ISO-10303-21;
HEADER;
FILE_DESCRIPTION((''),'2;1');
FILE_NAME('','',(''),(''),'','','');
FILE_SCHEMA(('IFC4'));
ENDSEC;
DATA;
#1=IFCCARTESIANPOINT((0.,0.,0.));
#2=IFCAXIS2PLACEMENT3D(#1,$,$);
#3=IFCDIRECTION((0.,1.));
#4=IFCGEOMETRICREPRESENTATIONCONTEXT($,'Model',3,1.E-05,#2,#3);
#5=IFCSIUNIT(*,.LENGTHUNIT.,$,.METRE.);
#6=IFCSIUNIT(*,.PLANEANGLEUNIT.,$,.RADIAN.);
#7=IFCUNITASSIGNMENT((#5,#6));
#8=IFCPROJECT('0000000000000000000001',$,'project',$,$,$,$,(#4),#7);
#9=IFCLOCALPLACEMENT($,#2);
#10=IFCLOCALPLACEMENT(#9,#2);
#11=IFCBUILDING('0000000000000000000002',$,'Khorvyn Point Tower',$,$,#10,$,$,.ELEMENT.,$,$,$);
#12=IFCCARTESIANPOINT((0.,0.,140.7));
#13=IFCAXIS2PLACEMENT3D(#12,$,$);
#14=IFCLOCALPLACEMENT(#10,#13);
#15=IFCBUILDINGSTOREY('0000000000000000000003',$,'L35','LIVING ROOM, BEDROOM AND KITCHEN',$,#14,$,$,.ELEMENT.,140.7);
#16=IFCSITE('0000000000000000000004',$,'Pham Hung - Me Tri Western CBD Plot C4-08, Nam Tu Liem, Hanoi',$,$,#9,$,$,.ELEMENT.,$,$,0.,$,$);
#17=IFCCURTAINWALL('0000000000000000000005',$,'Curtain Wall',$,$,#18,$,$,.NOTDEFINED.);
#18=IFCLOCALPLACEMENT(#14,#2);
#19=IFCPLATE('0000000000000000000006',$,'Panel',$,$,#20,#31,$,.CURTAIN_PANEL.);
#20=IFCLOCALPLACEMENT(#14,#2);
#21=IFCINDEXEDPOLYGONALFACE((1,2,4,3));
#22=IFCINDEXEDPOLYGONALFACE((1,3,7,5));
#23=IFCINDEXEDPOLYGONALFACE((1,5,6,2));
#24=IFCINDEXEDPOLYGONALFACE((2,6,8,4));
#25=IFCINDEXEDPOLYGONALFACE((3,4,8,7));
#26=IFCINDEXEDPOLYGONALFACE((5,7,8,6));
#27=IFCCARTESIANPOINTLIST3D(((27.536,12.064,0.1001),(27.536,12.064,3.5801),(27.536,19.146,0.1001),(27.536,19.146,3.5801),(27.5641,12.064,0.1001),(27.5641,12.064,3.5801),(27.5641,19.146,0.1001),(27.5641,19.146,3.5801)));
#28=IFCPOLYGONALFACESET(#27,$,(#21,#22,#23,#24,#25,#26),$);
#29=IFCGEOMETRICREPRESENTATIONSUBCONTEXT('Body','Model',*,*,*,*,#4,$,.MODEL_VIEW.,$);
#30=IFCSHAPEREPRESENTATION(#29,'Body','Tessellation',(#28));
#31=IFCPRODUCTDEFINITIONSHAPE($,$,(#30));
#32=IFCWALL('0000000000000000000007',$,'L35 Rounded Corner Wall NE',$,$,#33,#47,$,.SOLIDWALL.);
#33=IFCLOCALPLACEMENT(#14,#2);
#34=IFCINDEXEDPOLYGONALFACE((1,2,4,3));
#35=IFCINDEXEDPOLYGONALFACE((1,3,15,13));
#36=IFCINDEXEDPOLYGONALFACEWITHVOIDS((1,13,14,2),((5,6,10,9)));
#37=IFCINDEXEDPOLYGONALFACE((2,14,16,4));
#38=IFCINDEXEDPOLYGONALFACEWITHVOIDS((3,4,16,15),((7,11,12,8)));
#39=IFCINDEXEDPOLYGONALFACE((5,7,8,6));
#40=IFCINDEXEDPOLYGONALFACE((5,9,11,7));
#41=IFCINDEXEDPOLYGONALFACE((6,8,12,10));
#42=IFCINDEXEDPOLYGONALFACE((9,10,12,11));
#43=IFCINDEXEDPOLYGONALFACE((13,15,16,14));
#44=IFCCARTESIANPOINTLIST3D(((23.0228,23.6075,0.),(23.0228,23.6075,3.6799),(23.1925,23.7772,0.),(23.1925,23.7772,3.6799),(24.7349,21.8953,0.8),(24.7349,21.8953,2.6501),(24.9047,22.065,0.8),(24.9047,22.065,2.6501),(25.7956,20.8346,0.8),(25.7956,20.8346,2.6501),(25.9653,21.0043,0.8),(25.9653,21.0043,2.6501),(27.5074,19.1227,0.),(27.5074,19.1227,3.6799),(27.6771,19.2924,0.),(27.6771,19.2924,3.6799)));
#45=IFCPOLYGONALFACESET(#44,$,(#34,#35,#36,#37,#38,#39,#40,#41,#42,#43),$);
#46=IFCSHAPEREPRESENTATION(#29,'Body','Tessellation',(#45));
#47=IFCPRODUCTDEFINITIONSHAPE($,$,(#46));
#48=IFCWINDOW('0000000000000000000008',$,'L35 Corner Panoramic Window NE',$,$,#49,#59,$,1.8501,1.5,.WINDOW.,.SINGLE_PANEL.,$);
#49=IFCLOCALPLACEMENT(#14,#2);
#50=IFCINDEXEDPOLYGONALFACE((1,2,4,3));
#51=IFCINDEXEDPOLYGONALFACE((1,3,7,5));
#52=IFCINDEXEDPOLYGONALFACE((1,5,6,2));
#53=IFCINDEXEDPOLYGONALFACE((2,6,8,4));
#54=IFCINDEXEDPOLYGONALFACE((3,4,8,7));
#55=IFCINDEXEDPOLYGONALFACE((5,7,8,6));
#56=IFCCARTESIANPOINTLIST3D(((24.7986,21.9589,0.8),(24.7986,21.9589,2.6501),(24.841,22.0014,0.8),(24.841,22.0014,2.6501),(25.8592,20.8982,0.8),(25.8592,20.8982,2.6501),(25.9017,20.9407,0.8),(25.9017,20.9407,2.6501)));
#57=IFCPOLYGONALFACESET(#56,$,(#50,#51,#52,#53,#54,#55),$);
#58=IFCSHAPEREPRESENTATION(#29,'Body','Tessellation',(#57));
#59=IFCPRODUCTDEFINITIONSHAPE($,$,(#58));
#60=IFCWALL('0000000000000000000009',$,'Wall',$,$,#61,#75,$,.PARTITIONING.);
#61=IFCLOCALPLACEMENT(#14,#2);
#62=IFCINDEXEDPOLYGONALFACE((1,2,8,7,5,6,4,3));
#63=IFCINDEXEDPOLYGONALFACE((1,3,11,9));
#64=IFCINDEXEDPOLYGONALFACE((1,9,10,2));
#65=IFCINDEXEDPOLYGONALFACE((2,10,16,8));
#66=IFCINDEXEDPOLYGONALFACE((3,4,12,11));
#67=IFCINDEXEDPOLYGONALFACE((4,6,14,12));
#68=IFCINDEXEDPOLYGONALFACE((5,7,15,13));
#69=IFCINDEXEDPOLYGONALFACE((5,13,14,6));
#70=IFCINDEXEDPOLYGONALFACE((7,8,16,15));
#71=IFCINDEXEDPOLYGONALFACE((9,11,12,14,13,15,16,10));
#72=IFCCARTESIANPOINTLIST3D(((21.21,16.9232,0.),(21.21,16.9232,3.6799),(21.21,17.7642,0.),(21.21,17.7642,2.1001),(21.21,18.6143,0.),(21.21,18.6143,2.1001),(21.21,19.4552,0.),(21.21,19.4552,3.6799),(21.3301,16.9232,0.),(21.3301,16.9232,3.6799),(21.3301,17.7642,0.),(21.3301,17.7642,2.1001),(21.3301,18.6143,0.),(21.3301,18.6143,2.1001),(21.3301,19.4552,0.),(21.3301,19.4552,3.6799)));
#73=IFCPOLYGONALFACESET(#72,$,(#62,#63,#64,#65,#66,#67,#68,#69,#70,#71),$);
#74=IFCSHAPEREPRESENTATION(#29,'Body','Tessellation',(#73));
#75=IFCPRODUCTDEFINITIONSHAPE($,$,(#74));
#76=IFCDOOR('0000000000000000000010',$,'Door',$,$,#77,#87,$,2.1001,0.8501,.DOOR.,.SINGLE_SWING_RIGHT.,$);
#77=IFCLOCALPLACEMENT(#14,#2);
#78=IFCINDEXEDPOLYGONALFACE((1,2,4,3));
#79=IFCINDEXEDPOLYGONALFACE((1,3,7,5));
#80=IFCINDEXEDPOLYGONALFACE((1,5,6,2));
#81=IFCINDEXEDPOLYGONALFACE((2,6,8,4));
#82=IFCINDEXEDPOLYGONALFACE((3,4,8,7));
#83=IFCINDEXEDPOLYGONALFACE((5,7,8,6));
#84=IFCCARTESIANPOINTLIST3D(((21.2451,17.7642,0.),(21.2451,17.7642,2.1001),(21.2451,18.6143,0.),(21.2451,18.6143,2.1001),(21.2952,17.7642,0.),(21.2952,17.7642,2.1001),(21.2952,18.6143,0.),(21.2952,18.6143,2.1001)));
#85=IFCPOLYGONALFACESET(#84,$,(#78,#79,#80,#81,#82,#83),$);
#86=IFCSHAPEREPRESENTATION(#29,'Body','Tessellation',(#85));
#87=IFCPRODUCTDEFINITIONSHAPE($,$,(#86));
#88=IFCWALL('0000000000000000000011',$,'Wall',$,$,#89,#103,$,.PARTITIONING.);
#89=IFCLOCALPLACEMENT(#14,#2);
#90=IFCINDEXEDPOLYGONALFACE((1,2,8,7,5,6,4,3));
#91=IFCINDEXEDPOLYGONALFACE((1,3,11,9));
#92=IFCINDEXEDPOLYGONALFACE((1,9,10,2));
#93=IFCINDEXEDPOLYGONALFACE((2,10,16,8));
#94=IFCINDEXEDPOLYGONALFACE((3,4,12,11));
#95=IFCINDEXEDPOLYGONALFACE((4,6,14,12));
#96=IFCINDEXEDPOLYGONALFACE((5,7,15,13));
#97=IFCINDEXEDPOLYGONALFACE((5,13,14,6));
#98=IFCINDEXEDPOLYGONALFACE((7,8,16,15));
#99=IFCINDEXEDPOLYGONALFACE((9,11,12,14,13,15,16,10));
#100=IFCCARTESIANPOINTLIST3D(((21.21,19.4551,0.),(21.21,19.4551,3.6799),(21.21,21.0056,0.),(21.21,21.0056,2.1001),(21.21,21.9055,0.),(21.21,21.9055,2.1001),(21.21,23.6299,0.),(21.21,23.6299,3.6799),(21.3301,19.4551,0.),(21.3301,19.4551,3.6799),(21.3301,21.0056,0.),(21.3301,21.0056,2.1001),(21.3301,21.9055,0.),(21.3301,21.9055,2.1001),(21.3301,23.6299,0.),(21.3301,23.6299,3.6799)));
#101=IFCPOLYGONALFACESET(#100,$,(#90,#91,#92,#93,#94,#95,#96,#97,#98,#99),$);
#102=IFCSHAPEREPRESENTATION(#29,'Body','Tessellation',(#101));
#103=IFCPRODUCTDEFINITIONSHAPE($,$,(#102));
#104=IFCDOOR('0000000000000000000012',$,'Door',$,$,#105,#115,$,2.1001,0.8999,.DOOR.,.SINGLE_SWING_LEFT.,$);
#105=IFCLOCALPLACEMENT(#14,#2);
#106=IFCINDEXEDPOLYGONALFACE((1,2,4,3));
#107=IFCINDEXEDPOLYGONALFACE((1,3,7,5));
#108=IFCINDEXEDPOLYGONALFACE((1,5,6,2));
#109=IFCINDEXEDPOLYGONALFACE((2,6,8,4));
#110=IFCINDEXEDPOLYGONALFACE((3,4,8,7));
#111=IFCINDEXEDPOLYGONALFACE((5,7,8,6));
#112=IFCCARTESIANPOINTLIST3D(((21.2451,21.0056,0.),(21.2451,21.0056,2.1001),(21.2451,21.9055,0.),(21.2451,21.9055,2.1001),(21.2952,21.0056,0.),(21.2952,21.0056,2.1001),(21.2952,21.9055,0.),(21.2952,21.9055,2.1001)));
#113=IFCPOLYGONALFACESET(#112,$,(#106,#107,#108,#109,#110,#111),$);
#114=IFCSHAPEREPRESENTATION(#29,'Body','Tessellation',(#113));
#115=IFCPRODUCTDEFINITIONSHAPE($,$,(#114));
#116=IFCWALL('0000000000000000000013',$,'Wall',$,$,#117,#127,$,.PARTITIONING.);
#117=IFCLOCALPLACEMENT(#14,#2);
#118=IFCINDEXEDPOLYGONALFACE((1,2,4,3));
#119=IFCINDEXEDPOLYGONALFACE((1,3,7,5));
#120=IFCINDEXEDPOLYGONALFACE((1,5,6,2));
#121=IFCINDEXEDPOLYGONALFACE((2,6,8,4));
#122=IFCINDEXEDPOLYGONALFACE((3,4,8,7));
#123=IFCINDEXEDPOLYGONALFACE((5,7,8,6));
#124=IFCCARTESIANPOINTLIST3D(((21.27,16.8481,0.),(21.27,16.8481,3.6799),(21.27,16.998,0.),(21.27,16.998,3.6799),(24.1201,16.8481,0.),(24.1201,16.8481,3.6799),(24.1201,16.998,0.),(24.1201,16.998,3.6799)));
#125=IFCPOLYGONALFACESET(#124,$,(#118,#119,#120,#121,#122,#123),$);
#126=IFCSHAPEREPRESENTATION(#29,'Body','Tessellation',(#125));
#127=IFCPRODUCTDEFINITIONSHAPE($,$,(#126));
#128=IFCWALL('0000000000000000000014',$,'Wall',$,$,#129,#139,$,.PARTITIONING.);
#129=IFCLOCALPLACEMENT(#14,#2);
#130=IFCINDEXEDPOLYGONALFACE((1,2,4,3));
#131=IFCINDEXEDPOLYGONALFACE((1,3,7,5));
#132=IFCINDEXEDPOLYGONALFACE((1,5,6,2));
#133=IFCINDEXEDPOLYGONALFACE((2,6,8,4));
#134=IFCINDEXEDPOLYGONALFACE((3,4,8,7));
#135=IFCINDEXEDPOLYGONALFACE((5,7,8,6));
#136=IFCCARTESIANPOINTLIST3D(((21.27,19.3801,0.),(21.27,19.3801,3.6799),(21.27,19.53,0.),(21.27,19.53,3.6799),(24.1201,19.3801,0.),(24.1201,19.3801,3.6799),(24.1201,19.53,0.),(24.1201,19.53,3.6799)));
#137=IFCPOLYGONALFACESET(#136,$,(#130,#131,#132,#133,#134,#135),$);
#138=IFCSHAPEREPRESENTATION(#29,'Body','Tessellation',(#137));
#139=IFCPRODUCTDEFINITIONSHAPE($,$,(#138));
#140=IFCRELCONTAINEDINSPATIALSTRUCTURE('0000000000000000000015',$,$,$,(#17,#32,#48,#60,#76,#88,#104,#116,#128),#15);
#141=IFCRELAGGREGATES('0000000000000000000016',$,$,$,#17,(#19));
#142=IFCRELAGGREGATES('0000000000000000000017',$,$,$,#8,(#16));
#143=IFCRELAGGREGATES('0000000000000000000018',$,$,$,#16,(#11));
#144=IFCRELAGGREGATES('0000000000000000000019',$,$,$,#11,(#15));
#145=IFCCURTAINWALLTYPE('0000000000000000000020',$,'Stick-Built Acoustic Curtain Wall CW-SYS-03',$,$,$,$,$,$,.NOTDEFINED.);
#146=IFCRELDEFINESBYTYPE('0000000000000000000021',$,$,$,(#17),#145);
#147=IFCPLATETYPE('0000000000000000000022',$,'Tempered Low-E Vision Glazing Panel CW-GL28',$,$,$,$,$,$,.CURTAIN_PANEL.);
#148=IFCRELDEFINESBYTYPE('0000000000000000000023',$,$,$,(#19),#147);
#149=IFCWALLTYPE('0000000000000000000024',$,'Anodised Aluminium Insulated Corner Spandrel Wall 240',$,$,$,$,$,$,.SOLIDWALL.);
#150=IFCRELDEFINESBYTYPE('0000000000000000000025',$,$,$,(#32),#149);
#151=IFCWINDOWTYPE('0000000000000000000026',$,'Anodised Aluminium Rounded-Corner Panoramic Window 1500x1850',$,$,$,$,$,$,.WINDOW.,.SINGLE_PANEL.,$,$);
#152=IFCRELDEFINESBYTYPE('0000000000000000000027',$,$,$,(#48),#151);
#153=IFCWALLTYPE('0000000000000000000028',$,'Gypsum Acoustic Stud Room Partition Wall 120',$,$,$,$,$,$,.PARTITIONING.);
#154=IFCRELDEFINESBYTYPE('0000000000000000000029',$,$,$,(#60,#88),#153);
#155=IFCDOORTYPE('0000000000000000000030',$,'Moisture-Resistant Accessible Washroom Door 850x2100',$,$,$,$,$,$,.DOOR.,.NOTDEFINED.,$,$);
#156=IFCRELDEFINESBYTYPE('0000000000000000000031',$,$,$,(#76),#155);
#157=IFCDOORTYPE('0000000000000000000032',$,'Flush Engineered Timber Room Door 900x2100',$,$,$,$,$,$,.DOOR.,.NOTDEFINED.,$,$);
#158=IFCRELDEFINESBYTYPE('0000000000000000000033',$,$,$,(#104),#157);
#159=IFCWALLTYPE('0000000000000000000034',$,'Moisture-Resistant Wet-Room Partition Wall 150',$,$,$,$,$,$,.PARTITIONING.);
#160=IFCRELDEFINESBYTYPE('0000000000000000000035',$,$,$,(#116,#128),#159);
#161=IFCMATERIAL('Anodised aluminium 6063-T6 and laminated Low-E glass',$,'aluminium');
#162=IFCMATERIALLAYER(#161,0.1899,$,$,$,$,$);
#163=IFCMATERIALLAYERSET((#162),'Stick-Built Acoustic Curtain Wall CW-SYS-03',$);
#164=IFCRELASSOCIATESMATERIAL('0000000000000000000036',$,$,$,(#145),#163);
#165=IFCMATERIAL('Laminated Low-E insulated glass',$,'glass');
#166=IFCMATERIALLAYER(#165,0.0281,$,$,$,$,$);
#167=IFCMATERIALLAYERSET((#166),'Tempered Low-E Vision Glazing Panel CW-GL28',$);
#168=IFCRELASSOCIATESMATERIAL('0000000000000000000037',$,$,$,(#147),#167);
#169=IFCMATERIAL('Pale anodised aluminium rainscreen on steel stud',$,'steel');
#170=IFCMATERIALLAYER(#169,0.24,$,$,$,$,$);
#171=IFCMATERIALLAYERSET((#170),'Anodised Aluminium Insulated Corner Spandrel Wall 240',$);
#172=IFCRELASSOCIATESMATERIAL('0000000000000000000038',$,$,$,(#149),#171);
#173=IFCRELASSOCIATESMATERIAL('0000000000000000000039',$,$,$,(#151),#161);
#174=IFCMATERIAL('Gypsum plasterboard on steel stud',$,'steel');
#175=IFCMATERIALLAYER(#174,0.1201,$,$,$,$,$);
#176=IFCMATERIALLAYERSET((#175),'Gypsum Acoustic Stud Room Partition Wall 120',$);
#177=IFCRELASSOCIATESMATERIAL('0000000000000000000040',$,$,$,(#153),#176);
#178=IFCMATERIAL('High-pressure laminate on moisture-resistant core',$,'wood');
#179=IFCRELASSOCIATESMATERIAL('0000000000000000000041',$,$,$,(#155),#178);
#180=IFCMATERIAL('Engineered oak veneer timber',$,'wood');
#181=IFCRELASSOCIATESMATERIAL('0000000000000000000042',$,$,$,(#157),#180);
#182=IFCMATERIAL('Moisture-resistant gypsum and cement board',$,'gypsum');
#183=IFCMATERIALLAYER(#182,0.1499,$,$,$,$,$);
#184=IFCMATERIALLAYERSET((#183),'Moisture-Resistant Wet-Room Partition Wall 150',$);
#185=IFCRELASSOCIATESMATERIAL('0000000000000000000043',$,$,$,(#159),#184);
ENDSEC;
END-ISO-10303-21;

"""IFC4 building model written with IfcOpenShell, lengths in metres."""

from ifc_helpers import new_model, si_unit, direction, frame, frame_2d, origin, origin_2d, place, context, subcontext, project, spatial, rectangle, extrude, material, layer, layer_set, type_object, element, fill, aggregate, save


model = new_model("IFC4")

# Units and contexts
model_context = context("Model", 3, precision=1e-05, world=origin(), true_north=direction((0.0, 1.0)))
body_context = subcontext(model_context, "Body", "Model", "MODEL_VIEW")
ifc_project = project(units=[si_unit("LENGTHUNIT", "METRE"), si_unit("PLANEANGLEUNIT", "RADIAN")], contexts=[model_context])

# Site, building, storey
site_placement = place(None, origin())
site = spatial("IfcSite", under=ifc_project, at=site_placement, Name="Pham Hung - Me Tri Western CBD Plot C4-08, Nam Tu Liem, Hanoi", CompositionType="ELEMENT", RefElevation=0.0)
building_placement = place(site_placement, origin())
building = spatial("IfcBuilding", under=site, at=building_placement, Name="Khorvyn Point Tower", CompositionType="ELEMENT")
storey_placement = place(building_placement, frame((0.0, 0.0, 140.7)))
storey = spatial("IfcBuildingStorey", under=building, at=storey_placement, Name="L35", Description="LIVING ROOM, BEDROOM AND KITCHEN", CompositionType="ELEMENT", Elevation=140.7)

# Shared definitions
ifc_material_1 = material(Name="Anodised aluminium 6063-T6 and laminated Low-E glass", Category="aluminium")
ifc_layer_1 = layer(ifc_material_1, 0.1899)
ifc_layer_set_1 = layer_set([ifc_layer_1], Name="Stick-Built Acoustic Curtain Wall CW-SYS-03")
curtain_wall_type = type_object("IfcCurtainWallType", Name="Stick-Built Acoustic Curtain Wall CW-SYS-03", PredefinedType="NOTDEFINED", material=ifc_layer_set_1)

# Curtain wall
curtain_wall_1_placement = place(storey_placement, origin())
curtain_wall_1 = element("IfcCurtainWall", 1, at=curtain_wall_1_placement, inside=storey, type_object=curtain_wall_type, Name="Curtain Wall", PredefinedType="NOTDEFINED")

# Plate
ifc_material_2 = material(Name="Laminated Low-E insulated glass", Category="glass")
ifc_layer_2 = layer(ifc_material_2, 0.0281)
ifc_layer_set_2 = layer_set([ifc_layer_2], Name="Tempered Low-E Vision Glazing Panel CW-GL28")
plate_type = type_object("IfcPlateType", Name="Tempered Low-E Vision Glazing Panel CW-GL28", PredefinedType="CURTAIN_PANEL", material=ifc_layer_set_2)
plate_1_placement = place(storey_placement, frame((27.55, 15.605, 0.1001), z_axis=(0.0, 0.0, 1.0), x_axis=(0.0, -1.0, 0.0)))
plate_1 = element("IfcPlate", 2, at=plate_1_placement, type_object=plate_type, Name="Panel", PredefinedType="CURTAIN_PANEL", context=body_context, shape_type="SweptSolid", body=[
    extrude(rectangle(XDim=7.082, YDim=0.0281, at=origin_2d()), origin(), (0.0, 0.0, 1.0), 3.48),
])
aggregate(curtain_wall_1, [plate_1])

# Wall, opening, window
ifc_material_3 = material(Name="Pale anodised aluminium rainscreen on steel stud", Category="steel")
ifc_layer_3 = layer(ifc_material_3, 0.24)
ifc_layer_set_3 = layer_set([ifc_layer_3], Name="Anodised Aluminium Insulated Corner Spandrel Wall 240")
wall_type_1 = type_object("IfcWallType", Name="Anodised Aluminium Insulated Corner Spandrel Wall 240", PredefinedType="SOLIDWALL", material=ifc_layer_set_3)
wall_1_placement = place(storey_placement, frame((23.1077, 23.6924, 0.0), z_axis=(0.0, 0.0, 1.0), x_axis=(0.707088, -0.707126, 0.0)))
wall_1 = element("IfcWall", 3, at=wall_1_placement, inside=storey, type_object=wall_type_1, Name="L35 Rounded Corner Wall NE", PredefinedType="SOLIDWALL", context=body_context, shape_type="SweptSolid", body=[
    extrude(rectangle(XDim=6.3423, YDim=0.24, at=frame_2d((3.1711, 0.0))), origin(), (0.0, 0.0, 1.0), 3.6799),
])
opening_1_placement = place(wall_1_placement, frame((2.4214, 0.0, 0.8)))
opening_1 = element("IfcOpeningElement", 4, at=opening_1_placement, cuts=wall_1, PredefinedType="OPENING", context=body_context, shape_type="SweptSolid", body=[
    extrude(rectangle(XDim=1.5, YDim=1.8501, at=frame_2d((0.75, 0.925))), frame((0.0, 0.1299, 0.0), z_axis=(0.0, -1.0, 0.0), x_axis=(1.0, 0.0, 0.0)), (0.0, 0.0, 1.0), 0.26),
])
window_type = type_object("IfcWindowType", Name="Anodised Aluminium Rounded-Corner Panoramic Window 1500x1850", PartitioningType="SINGLE_PANEL", PredefinedType="WINDOW", material=ifc_material_1)
window_placement = place(opening_1_placement, origin())
window = element("IfcWindow", 5, at=window_placement, inside=storey, type_object=window_type, Name="L35 Corner Panoramic Window NE", OverallHeight=1.8501, OverallWidth=1.5, PartitioningType="SINGLE_PANEL", PredefinedType="WINDOW", context=body_context, shape_type="SweptSolid", body=[
    extrude(rectangle(XDim=1.5, YDim=1.8501, at=frame_2d((0.75, 0.925))), frame((0.0, 0.03, 0.0), z_axis=(0.0, -1.0, 0.0), x_axis=(1.0, 0.0, 0.0)), (0.0, 0.0, 1.0), 0.0601),
])
fill(opening_1, window)

# Walls, openings, doors
ifc_material_4 = material(Name="Gypsum plasterboard on steel stud", Category="steel")
ifc_layer_4 = layer(ifc_material_4, 0.1201)
ifc_layer_set_4 = layer_set([ifc_layer_4], Name="Gypsum Acoustic Stud Room Partition Wall 120")
wall_type_2 = type_object("IfcWallType", Name="Gypsum Acoustic Stud Room Partition Wall 120", PredefinedType="PARTITIONING", material=ifc_layer_set_4)
wall_2_placement = place(storey_placement, frame((21.27, 16.9231, 0.0), z_axis=(0.0, 0.0, 1.0), x_axis=(0.0, 1.0, 0.0)))
wall_2 = element("IfcWall", 6, at=wall_2_placement, inside=storey, type_object=wall_type_2, Name="Wall", PredefinedType="PARTITIONING", context=body_context, shape_type="SweptSolid", body=[
    extrude(rectangle(XDim=2.532, YDim=0.1201, at=frame_2d((1.2661, 0.0))), origin(), (0.0, 0.0, 1.0), 3.6799),
])
opening_2_placement = place(wall_2_placement, frame((0.8411, 0.0, 0.0)))
opening_2 = element("IfcOpeningElement", 7, at=opening_2_placement, cuts=wall_2, PredefinedType="OPENING", context=body_context, shape_type="SweptSolid", body=[
    extrude(rectangle(XDim=0.8501, YDim=2.1001, at=frame_2d((0.425, 1.05))), frame((0.0, 0.0701, 0.0), z_axis=(0.0, -1.0, 0.0), x_axis=(1.0, 0.0, 0.0)), (0.0, 0.0, 1.0), 0.1401),
])
ifc_material_5 = material(Name="High-pressure laminate on moisture-resistant core", Category="wood")
door_type_1 = type_object("IfcDoorType", Name="Moisture-Resistant Accessible Washroom Door 850x2100", OperationType="NOTDEFINED", PredefinedType="DOOR", material=ifc_material_5)
door_1_placement = place(opening_2_placement, origin())
door_1 = element("IfcDoor", 8, at=door_1_placement, inside=storey, type_object=door_type_1, Name="Door", OperationType="SINGLE_SWING_RIGHT", OverallHeight=2.1001, OverallWidth=0.8501, PredefinedType="DOOR", context=body_context, shape_type="SweptSolid", body=[
    extrude(rectangle(XDim=0.8501, YDim=2.1001, at=frame_2d((0.425, 1.05))), frame((0.0, 0.0249, 0.0), z_axis=(0.0, -1.0, 0.0), x_axis=(1.0, 0.0, 0.0)), (0.0, 0.0, 1.0), 0.05),
])
fill(opening_2, door_1)
wall_3_placement = place(storey_placement, frame((21.27, 19.4551, 0.0), z_axis=(0.0, 0.0, 1.0), x_axis=(0.0, 1.0, 0.0)))
wall_3 = element("IfcWall", 9, at=wall_3_placement, inside=storey, type_object=wall_type_2, Name="Wall", PredefinedType="PARTITIONING", context=body_context, shape_type="SweptSolid", body=[
    extrude(rectangle(XDim=4.1748, YDim=0.1201, at=frame_2d((2.0874, 0.0))), origin(), (0.0, 0.0, 1.0), 3.6799),
])
opening_3_placement = place(wall_3_placement, frame((1.5505, 0.0, 0.0)))
opening_3 = element("IfcOpeningElement", 10, at=opening_3_placement, cuts=wall_3, PredefinedType="OPENING", context=body_context, shape_type="SweptSolid", body=[
    extrude(rectangle(XDim=0.8999, YDim=2.1001, at=frame_2d((0.45, 1.05))), frame((0.0, 0.0701, 0.0), z_axis=(0.0, -1.0, 0.0), x_axis=(1.0, 0.0, 0.0)), (0.0, 0.0, 1.0), 0.1401),
])
ifc_material_6 = material(Name="Engineered oak veneer timber", Category="wood")
door_type_2 = type_object("IfcDoorType", Name="Flush Engineered Timber Room Door 900x2100", OperationType="NOTDEFINED", PredefinedType="DOOR", material=ifc_material_6)
door_2_placement = place(opening_3_placement, origin())
door_2 = element("IfcDoor", 11, at=door_2_placement, inside=storey, type_object=door_type_2, Name="Door", OperationType="SINGLE_SWING_LEFT", OverallHeight=2.1001, OverallWidth=0.8999, PredefinedType="DOOR", context=body_context, shape_type="SweptSolid", body=[
    extrude(rectangle(XDim=0.8999, YDim=2.1001, at=frame_2d((0.45, 1.05))), frame((0.0, 0.0249, 0.0), z_axis=(0.0, -1.0, 0.0), x_axis=(1.0, 0.0, 0.0)), (0.0, 0.0, 1.0), 0.05),
])
fill(opening_3, door_2)

# Walls
ifc_material_7 = material(Name="Moisture-resistant gypsum and cement board", Category="gypsum")
ifc_layer_5 = layer(ifc_material_7, 0.1499)
ifc_layer_set_5 = layer_set([ifc_layer_5], Name="Moisture-Resistant Wet-Room Partition Wall 150")
wall_type_3 = type_object("IfcWallType", Name="Moisture-Resistant Wet-Room Partition Wall 150", PredefinedType="PARTITIONING", material=ifc_layer_set_5)
for number, where, z_axis, x_axis, name in (
    (12, (21.27, 16.9231, 0.0), (0.0, 0.0, 1.0), (1.0, 0.0, 0.0), "Wall"),
    (13, (21.27, 19.4551, 0.0), (0.0, 0.0, 1.0), (1.0, 0.0, 0.0), "Wall"),
):
    element("IfcWall", number, at=place(storey_placement, frame(where, z_axis=z_axis, x_axis=x_axis)), inside=storey, type_object=wall_type_3, Name=name, PredefinedType="PARTITIONING", context=body_context, shape_type="SweptSolid", body=[
        extrude(rectangle(XDim=2.8501, YDim=0.1499, at=frame_2d((1.425, 0.0))), origin(), (0.0, 0.0, 1.0), 3.6799),
    ])

save(model, "model.ifc")
